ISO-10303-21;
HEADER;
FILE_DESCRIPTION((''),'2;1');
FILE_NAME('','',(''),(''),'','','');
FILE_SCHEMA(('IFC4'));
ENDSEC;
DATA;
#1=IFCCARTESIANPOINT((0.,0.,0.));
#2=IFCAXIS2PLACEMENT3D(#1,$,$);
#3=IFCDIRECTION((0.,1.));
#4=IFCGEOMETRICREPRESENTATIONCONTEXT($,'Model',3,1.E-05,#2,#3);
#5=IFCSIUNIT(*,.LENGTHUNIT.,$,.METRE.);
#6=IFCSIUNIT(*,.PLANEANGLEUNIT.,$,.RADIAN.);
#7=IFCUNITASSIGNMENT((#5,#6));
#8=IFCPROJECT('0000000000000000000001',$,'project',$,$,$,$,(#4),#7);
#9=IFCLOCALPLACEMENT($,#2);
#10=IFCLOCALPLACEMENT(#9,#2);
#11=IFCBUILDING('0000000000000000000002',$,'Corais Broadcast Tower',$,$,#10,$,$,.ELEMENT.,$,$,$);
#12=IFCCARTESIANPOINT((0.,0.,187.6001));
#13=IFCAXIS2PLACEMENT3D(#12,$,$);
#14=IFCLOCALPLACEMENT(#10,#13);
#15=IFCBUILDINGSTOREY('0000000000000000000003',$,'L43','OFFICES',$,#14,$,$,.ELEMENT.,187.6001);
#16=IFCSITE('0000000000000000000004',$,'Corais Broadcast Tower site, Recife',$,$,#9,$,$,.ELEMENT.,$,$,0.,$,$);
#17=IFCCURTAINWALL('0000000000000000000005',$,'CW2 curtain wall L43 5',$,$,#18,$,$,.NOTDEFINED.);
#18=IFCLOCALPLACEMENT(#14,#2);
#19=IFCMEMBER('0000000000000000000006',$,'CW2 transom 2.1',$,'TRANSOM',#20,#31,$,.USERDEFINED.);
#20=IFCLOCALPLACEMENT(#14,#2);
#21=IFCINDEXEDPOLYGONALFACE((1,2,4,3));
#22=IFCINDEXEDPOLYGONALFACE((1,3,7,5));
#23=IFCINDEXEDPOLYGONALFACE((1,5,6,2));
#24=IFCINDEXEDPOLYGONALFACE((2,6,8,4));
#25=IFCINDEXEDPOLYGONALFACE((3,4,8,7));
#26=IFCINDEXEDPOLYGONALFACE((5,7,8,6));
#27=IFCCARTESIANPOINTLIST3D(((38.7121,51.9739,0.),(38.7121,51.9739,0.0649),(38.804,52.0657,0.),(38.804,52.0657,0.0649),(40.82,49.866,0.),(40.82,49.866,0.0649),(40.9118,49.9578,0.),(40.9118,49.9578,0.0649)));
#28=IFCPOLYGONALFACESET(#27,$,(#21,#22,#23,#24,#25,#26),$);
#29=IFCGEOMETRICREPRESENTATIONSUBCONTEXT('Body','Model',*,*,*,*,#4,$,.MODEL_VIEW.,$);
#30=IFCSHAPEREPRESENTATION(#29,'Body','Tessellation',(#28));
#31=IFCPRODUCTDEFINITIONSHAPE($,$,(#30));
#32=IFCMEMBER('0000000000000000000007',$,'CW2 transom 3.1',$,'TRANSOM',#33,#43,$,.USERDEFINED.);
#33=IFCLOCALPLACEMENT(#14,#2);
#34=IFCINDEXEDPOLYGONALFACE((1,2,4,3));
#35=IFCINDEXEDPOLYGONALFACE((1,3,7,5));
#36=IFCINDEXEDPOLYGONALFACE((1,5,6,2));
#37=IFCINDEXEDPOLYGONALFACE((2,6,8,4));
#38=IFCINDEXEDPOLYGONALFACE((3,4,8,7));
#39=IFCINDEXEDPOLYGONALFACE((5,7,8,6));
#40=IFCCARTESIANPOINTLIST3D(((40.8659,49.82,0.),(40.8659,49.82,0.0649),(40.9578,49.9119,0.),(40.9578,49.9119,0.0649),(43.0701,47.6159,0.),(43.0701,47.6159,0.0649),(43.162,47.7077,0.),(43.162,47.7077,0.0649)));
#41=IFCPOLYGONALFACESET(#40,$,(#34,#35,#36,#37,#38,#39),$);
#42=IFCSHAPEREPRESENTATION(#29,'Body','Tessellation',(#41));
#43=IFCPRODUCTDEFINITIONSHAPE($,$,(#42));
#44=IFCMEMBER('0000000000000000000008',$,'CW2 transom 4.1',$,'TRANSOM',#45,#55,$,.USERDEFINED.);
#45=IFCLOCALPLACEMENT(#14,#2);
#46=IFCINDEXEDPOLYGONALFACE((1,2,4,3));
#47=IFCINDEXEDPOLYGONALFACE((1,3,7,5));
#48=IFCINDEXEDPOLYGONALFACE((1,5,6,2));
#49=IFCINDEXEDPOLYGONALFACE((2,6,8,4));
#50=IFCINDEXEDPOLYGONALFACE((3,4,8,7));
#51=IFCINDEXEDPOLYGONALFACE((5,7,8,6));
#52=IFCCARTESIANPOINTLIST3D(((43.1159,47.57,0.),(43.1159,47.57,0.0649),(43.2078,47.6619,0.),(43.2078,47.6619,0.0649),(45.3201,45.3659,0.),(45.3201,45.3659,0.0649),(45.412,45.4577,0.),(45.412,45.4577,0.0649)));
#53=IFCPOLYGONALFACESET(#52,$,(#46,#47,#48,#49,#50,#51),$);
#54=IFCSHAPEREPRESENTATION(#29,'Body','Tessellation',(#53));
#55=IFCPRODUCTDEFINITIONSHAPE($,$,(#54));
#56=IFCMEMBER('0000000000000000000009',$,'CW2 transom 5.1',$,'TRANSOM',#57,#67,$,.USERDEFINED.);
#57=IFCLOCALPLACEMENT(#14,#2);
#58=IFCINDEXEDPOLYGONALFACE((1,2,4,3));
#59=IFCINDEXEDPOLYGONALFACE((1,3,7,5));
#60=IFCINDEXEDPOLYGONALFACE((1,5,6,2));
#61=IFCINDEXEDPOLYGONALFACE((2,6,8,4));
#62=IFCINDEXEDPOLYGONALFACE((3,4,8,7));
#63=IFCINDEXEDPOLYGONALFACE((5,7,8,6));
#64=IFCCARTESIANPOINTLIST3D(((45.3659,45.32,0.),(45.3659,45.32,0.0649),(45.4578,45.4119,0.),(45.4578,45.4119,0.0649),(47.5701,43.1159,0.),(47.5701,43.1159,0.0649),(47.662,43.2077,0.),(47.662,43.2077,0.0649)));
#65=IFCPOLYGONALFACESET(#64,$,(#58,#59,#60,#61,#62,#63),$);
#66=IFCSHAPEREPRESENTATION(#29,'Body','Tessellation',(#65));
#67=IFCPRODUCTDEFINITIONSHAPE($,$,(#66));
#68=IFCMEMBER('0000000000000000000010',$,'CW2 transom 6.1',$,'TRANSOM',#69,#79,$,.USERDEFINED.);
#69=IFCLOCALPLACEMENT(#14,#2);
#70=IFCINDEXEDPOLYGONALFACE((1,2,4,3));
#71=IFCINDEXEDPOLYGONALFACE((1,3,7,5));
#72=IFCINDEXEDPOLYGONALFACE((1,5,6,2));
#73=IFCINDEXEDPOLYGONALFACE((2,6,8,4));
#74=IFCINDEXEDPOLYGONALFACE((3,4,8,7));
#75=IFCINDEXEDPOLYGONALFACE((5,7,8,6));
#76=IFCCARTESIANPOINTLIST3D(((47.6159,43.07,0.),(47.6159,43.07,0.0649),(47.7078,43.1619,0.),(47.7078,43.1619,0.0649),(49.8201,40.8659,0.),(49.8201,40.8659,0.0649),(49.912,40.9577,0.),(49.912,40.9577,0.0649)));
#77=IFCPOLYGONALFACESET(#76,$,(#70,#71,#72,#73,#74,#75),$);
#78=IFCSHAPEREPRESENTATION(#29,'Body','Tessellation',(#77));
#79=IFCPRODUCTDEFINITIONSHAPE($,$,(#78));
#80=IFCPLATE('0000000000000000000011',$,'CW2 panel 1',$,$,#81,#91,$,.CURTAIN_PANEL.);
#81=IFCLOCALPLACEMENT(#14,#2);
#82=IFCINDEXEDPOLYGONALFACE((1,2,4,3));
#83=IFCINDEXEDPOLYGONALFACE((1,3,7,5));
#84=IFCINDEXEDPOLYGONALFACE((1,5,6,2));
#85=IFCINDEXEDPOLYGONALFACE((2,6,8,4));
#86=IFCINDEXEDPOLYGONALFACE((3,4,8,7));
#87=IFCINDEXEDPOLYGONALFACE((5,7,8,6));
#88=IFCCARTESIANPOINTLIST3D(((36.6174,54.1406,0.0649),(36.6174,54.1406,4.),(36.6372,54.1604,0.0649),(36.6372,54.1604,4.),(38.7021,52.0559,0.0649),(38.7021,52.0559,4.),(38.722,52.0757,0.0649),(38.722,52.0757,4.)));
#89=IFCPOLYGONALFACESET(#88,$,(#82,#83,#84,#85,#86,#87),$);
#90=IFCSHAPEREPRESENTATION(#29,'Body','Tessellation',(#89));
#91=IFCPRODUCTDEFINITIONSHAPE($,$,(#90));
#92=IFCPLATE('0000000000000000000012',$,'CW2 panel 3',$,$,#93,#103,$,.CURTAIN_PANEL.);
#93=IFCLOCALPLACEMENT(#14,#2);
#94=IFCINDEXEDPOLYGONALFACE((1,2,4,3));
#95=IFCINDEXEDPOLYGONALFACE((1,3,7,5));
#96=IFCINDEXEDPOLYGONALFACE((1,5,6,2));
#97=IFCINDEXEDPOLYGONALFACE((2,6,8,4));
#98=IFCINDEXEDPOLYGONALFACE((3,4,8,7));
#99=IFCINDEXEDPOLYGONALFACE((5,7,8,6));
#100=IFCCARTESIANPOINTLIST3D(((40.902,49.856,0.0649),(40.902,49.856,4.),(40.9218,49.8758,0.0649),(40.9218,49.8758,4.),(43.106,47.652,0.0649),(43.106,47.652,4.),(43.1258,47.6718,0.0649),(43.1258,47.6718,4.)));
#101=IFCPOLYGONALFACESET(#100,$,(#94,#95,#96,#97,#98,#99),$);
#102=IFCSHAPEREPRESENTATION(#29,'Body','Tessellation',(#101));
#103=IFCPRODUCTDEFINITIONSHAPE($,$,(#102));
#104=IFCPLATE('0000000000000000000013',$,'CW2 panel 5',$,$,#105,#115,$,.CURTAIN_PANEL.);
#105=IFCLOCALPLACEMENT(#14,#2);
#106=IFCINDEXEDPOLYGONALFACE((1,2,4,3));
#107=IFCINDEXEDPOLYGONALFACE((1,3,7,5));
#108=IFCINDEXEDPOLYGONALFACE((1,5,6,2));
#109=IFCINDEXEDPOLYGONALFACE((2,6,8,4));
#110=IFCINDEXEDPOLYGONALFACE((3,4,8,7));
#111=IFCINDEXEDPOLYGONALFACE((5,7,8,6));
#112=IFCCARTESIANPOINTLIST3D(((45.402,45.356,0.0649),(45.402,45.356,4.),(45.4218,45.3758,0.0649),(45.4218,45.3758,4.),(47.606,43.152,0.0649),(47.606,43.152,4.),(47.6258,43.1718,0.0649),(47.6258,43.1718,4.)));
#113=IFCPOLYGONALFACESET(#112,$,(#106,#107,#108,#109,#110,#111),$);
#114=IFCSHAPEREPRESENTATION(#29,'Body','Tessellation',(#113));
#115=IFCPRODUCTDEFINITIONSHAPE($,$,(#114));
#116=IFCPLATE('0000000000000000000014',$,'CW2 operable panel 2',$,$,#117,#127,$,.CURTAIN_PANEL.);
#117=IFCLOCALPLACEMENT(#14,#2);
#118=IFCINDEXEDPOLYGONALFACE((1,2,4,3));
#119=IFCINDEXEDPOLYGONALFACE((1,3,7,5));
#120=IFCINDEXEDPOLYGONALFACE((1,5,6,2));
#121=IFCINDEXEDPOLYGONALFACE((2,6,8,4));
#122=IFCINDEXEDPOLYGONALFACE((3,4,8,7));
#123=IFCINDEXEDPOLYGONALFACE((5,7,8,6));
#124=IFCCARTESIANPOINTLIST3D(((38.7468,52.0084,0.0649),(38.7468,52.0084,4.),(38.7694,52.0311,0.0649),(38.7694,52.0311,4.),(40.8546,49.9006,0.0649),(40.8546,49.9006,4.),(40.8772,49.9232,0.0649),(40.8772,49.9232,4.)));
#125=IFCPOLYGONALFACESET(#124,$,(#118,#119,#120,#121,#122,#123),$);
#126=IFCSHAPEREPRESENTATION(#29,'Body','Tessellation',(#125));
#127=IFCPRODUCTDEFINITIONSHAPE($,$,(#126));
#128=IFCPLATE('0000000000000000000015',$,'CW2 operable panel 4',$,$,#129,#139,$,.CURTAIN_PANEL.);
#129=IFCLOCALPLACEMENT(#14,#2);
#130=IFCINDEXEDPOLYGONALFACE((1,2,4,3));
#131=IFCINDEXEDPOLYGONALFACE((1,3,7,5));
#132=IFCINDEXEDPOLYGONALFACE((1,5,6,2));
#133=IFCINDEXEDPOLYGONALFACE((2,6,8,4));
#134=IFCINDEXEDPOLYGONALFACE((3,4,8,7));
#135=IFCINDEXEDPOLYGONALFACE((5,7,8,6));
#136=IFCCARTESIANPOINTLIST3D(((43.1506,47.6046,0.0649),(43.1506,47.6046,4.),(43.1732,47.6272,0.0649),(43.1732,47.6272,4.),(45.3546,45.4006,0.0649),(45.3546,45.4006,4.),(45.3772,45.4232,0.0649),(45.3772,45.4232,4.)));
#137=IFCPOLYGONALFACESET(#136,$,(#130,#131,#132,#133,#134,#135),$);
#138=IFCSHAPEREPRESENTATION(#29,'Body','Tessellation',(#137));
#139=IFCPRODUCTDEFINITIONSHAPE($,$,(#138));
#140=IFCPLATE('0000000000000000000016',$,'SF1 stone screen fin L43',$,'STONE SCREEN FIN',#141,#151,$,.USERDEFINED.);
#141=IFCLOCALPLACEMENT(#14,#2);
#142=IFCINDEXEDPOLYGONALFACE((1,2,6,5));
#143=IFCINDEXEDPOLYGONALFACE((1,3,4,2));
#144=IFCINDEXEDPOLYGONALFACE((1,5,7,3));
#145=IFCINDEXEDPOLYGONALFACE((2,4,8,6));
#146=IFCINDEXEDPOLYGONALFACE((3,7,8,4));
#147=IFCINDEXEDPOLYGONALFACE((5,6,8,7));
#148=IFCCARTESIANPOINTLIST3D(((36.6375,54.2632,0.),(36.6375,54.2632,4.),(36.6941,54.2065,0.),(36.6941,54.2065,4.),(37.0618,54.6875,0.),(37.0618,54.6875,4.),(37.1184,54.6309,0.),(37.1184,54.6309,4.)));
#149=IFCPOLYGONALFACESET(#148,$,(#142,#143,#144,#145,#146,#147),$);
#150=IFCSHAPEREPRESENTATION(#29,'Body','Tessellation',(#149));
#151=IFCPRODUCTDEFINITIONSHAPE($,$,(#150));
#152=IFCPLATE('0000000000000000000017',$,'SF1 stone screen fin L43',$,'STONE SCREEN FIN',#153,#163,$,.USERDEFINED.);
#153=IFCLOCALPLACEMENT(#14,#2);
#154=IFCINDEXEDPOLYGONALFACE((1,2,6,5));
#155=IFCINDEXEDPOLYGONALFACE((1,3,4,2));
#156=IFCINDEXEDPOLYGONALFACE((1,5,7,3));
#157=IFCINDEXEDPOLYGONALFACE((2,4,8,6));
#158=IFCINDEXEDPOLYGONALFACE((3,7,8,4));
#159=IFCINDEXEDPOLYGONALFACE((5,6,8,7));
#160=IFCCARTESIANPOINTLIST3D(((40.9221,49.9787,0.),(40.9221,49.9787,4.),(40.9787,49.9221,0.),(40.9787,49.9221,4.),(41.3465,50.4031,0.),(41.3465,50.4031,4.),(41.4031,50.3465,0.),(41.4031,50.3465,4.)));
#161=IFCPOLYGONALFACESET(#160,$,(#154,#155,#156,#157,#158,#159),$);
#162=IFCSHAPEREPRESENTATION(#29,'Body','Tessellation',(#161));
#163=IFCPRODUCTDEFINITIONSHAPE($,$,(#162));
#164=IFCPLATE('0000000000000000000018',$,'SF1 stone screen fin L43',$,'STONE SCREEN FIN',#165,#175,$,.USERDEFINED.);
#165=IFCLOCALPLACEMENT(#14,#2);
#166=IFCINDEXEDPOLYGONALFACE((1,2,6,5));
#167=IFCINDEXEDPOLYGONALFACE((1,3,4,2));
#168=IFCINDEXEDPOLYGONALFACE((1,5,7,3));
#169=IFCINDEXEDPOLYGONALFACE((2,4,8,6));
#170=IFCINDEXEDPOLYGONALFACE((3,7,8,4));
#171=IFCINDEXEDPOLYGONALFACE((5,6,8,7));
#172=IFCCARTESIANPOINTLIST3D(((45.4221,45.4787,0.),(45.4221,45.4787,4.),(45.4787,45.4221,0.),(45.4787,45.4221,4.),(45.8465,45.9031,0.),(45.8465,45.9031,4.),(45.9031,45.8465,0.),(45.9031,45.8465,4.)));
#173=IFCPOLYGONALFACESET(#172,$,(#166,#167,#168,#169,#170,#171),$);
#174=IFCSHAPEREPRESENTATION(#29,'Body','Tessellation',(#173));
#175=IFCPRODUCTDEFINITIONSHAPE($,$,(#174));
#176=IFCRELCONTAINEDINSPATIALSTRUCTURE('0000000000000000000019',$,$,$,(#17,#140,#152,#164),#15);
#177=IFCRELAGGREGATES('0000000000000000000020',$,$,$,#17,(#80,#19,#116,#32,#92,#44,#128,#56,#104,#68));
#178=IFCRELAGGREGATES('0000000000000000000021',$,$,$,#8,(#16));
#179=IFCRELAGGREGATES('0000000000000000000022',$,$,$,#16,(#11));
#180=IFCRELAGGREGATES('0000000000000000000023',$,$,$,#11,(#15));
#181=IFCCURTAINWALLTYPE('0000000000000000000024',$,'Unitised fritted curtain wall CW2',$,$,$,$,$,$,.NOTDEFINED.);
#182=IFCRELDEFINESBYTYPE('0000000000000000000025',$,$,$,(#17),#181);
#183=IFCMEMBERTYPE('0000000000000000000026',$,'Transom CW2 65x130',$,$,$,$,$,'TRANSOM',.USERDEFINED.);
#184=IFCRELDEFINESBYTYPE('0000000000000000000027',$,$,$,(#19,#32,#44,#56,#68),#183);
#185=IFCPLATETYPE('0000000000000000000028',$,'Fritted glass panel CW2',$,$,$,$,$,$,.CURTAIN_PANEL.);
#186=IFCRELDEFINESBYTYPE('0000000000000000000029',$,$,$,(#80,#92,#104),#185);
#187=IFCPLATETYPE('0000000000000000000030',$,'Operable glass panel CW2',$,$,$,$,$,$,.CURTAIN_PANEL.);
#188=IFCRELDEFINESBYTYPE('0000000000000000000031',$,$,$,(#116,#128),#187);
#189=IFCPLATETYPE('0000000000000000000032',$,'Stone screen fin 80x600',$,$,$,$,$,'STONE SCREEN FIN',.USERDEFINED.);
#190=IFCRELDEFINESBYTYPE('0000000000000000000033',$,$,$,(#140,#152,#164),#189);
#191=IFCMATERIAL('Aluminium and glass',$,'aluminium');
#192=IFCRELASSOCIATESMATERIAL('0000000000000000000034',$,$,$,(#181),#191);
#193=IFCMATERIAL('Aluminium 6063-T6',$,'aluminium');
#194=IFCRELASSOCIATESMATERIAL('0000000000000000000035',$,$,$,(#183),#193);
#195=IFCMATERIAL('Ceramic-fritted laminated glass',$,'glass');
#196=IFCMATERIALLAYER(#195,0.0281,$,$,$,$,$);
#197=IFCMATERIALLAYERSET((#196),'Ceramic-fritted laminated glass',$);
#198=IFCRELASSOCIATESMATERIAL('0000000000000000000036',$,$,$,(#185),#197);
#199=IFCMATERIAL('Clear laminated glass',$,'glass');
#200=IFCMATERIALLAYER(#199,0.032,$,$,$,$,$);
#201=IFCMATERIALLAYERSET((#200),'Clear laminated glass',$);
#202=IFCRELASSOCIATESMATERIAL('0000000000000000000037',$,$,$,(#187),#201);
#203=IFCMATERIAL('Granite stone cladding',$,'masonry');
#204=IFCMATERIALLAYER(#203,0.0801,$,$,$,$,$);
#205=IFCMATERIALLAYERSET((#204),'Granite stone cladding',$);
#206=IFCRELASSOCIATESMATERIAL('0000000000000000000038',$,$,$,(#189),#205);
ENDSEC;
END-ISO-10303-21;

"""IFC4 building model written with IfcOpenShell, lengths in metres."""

from ifc_helpers import new_model, si_unit, direction, frame, origin, origin_2d, place, context, subcontext, project, spatial, rectangle, extrude, material, layer, layer_set, material_profile, profile_set, type_object, element, aggregate, save


model = new_model("IFC4")

# Units and contexts
model_context = context("Model", 3, precision=1e-05, world=origin(), true_north=direction((0.0, 1.0)))
body_context = subcontext(model_context, "Body", "Model", "MODEL_VIEW")
ifc_project = project(units=[si_unit("LENGTHUNIT", "METRE"), si_unit("PLANEANGLEUNIT", "RADIAN")], contexts=[model_context])

# Site, building, storey
site_placement = place(None, origin())
site = spatial("IfcSite", under=ifc_project, at=site_placement, Name="Corais Broadcast Tower site, Recife", CompositionType="ELEMENT", RefElevation=0.0)
building_placement = place(site_placement, origin())
building = spatial("IfcBuilding", under=site, at=building_placement, Name="Corais Broadcast Tower", CompositionType="ELEMENT")
storey_placement = place(building_placement, frame((0.0, 0.0, 187.6001)))
storey = spatial("IfcBuildingStorey", under=building, at=storey_placement, Name="L43", Description="OFFICES", CompositionType="ELEMENT", Elevation=187.6001)

# Curtain wall
ifc_material_1 = material(Name="Aluminium and glass", Category="aluminium")
curtain_wall_type = type_object("IfcCurtainWallType", Name="Unitised fritted curtain wall CW2", PredefinedType="NOTDEFINED", material=ifc_material_1)
curtain_wall_placement = place(storey_placement, origin())
curtain_wall = element("IfcCurtainWall", 1, at=curtain_wall_placement, inside=storey, type_object=curtain_wall_type, Name="CW2 curtain wall L43 5", PredefinedType="NOTDEFINED")

# Members
ifc_material_2 = material(Name="Aluminium 6063-T6", Category="aluminium")
ifc_material_profile_1 = material_profile(ifc_material_2, rectangle(XDim=0.1299, YDim=0.0649, at=origin_2d()), Name="Transom CW2 65x130")
ifc_profile_set_1 = profile_set([ifc_material_profile_1], Name="Aluminium 6063-T6")
member_type_1 = type_object("IfcMemberType", Name="Transom CW2 65x130", ElementType="TRANSOM", PredefinedType="USERDEFINED", material=ifc_profile_set_1)
member_1_placement = place(storey_placement, frame((38.7581, 52.0198, 0.0325), z_axis=(0.707107, -0.707107, 0.0), x_axis=(0.707107, 0.707107, 0.0)))
member_1 = element("IfcMember", 2, at=member_1_placement, type_object=member_type_1, Name="CW2 transom 2.1", ObjectType="TRANSOM", PredefinedType="USERDEFINED", context=body_context, shape_type="SweptSolid", body=[
    extrude(rectangle(XDim=0.1299, YDim=0.0649, at=origin_2d()), origin(), (0.0, 0.0, 1.0), 2.981),
])
member_2_placement = place(storey_placement, frame((40.9119, 49.866, 0.0325), z_axis=(0.707107, -0.707107, 0.0), x_axis=(0.707107, 0.707107, 0.0)))
member_2 = element("IfcMember", 3, at=member_2_placement, type_object=member_type_1, Name="CW2 transom 3.1", ObjectType="TRANSOM", PredefinedType="USERDEFINED", context=body_context, shape_type="SweptSolid", body=[
    extrude(rectangle(XDim=0.1299, YDim=0.0649, at=origin_2d()), origin(), (0.0, 0.0, 1.0), 3.1172),
])
member_3_placement = place(storey_placement, frame((43.1619, 47.616, 0.0325), z_axis=(0.707107, -0.707107, 0.0), x_axis=(0.707107, 0.707107, 0.0)))
member_3 = element("IfcMember", 4, at=member_3_placement, type_object=member_type_1, Name="CW2 transom 4.1", ObjectType="TRANSOM", PredefinedType="USERDEFINED", context=body_context, shape_type="SweptSolid", body=[
    extrude(rectangle(XDim=0.1299, YDim=0.0649, at=origin_2d()), origin(), (0.0, 0.0, 1.0), 3.1172),
])
member_4_placement = place(storey_placement, frame((45.4119, 45.366, 0.0325), z_axis=(0.707107, -0.707107, 0.0), x_axis=(0.707107, 0.707107, 0.0)))
member_4 = element("IfcMember", 5, at=member_4_placement, type_object=member_type_1, Name="CW2 transom 5.1", ObjectType="TRANSOM", PredefinedType="USERDEFINED", context=body_context, shape_type="SweptSolid", body=[
    extrude(rectangle(XDim=0.1299, YDim=0.0649, at=origin_2d()), origin(), (0.0, 0.0, 1.0), 3.1172),
])
member_5_placement = place(storey_placement, frame((47.6619, 43.116, 0.0325), z_axis=(0.707107, -0.707107, 0.0), x_axis=(0.707107, 0.707107, 0.0)))
member_5 = element("IfcMember", 6, at=member_5_placement, type_object=member_type_1, Name="CW2 transom 6.1", ObjectType="TRANSOM", PredefinedType="USERDEFINED", context=body_context, shape_type="SweptSolid", body=[
    extrude(rectangle(XDim=0.1299, YDim=0.0649, at=origin_2d()), origin(), (0.0, 0.0, 1.0), 3.1172),
])

# Plates
ifc_material_3 = material(Name="Ceramic-fritted laminated glass", Category="glass")
ifc_layer_1 = layer(ifc_material_3, 0.0281)
ifc_layer_set_1 = layer_set([ifc_layer_1], Name="Ceramic-fritted laminated glass")
plate_type_1 = type_object("IfcPlateType", Name="Fritted glass panel CW2", PredefinedType="CURTAIN_PANEL", material=ifc_layer_set_1)
plate_1_placement = place(storey_placement, frame((37.6697, 53.1082, 0.0649), z_axis=(0.0, 0.0, 1.0), x_axis=(0.707107, -0.707107, 0.0)))
plate_1 = element("IfcPlate", 7, at=plate_1_placement, type_object=plate_type_1, Name="CW2 panel 1", PredefinedType="CURTAIN_PANEL", context=body_context, shape_type="SweptSolid", body=[
    extrude(rectangle(XDim=2.9482, YDim=0.0281, at=origin_2d()), origin(), (0.0, 0.0, 1.0), 3.9351),
])
plate_2_placement = place(storey_placement, frame((42.0139, 48.7639, 0.0649), z_axis=(0.0, 0.0, 1.0), x_axis=(0.707107, -0.707107, 0.0)))
plate_2 = element("IfcPlate", 8, at=plate_2_placement, type_object=plate_type_1, Name="CW2 panel 3", PredefinedType="CURTAIN_PANEL", context=body_context, shape_type="SweptSolid", body=[
    extrude(rectangle(XDim=3.1169, YDim=0.0281, at=origin_2d()), origin(), (0.0, 0.0, 1.0), 3.9351),
])
plate_3_placement = place(storey_placement, frame((46.5139, 44.2639, 0.0649), z_axis=(0.0, 0.0, 1.0), x_axis=(0.707107, -0.707107, 0.0)))
plate_3 = element("IfcPlate", 9, at=plate_3_placement, type_object=plate_type_1, Name="CW2 panel 5", PredefinedType="CURTAIN_PANEL", context=body_context, shape_type="SweptSolid", body=[
    extrude(rectangle(XDim=3.1169, YDim=0.0281, at=origin_2d()), origin(), (0.0, 0.0, 1.0), 3.9351),
])
ifc_material_4 = material(Name="Clear laminated glass", Category="glass")
ifc_layer_2 = layer(ifc_material_4, 0.032)
ifc_layer_set_2 = layer_set([ifc_layer_2], Name="Clear laminated glass")
plate_type_2 = type_object("IfcPlateType", Name="Operable glass panel CW2", PredefinedType="CURTAIN_PANEL", material=ifc_layer_set_2)
plate_4_placement = place(storey_placement, frame((39.812, 50.9658, 0.0649), z_axis=(0.0, 0.0, 1.0), x_axis=(0.707107, -0.707107, 0.0)))
plate_4 = element("IfcPlate", 10, at=plate_4_placement, type_object=plate_type_2, Name="CW2 operable panel 2", PredefinedType="CURTAIN_PANEL", context=body_context, shape_type="SweptSolid", body=[
    extrude(rectangle(XDim=2.981, YDim=0.032, at=origin_2d()), origin(), (0.0, 0.0, 1.0), 3.9351),
])
plate_5_placement = place(storey_placement, frame((44.2639, 46.5139, 0.0649), z_axis=(0.0, 0.0, 1.0), x_axis=(0.707107, -0.707107, 0.0)))
plate_5 = element("IfcPlate", 11, at=plate_5_placement, type_object=plate_type_2, Name="CW2 operable panel 4", PredefinedType="CURTAIN_PANEL", context=body_context, shape_type="SweptSolid", body=[
    extrude(rectangle(XDim=3.1169, YDim=0.032, at=origin_2d()), origin(), (0.0, 0.0, 1.0), 3.9351),
])
aggregate(curtain_wall, [plate_1, member_1, plate_4, member_2, plate_2, member_3, plate_5, member_4, plate_3, member_5])

# Plates
ifc_material_5 = material(Name="Granite stone cladding", Category="masonry")
ifc_layer_3 = layer(ifc_material_5, 0.0801)
ifc_layer_set_3 = layer_set([ifc_layer_3], Name="Granite stone cladding")
plate_type_3 = type_object("IfcPlateType", Name="Stone screen fin 80x600", ElementType="STONE SCREEN FIN", PredefinedType="USERDEFINED", material=ifc_layer_set_3)
for number, where, z_axis, x_axis, name in (
    (12, (36.8779, 54.447, 0.0), (0.0, 0.0, 1.0), (0.707107, -0.707107, 0.0), "SF1 stone screen fin L43"),
    (13, (41.1626, 50.1626, 0.0), (0.0, 0.0, 1.0), (0.707107, -0.707107, 0.0), "SF1 stone screen fin L43"),
    (14, (45.6626, 45.6626, 0.0), (0.0, 0.0, 1.0), (0.707107, -0.707107, 0.0), "SF1 stone screen fin L43"),
):
    element("IfcPlate", number, at=place(storey_placement, frame(where, z_axis=z_axis, x_axis=x_axis)), inside=storey, type_object=plate_type_3, Name=name, ObjectType="STONE SCREEN FIN", PredefinedType="USERDEFINED", context=body_context, shape_type="SweptSolid", body=[
        extrude(rectangle(XDim=0.0801, YDim=0.6001, at=origin_2d()), origin(), (0.0, 0.0, 1.0), 4.0),
    ])

save(model, "model.ifc")
